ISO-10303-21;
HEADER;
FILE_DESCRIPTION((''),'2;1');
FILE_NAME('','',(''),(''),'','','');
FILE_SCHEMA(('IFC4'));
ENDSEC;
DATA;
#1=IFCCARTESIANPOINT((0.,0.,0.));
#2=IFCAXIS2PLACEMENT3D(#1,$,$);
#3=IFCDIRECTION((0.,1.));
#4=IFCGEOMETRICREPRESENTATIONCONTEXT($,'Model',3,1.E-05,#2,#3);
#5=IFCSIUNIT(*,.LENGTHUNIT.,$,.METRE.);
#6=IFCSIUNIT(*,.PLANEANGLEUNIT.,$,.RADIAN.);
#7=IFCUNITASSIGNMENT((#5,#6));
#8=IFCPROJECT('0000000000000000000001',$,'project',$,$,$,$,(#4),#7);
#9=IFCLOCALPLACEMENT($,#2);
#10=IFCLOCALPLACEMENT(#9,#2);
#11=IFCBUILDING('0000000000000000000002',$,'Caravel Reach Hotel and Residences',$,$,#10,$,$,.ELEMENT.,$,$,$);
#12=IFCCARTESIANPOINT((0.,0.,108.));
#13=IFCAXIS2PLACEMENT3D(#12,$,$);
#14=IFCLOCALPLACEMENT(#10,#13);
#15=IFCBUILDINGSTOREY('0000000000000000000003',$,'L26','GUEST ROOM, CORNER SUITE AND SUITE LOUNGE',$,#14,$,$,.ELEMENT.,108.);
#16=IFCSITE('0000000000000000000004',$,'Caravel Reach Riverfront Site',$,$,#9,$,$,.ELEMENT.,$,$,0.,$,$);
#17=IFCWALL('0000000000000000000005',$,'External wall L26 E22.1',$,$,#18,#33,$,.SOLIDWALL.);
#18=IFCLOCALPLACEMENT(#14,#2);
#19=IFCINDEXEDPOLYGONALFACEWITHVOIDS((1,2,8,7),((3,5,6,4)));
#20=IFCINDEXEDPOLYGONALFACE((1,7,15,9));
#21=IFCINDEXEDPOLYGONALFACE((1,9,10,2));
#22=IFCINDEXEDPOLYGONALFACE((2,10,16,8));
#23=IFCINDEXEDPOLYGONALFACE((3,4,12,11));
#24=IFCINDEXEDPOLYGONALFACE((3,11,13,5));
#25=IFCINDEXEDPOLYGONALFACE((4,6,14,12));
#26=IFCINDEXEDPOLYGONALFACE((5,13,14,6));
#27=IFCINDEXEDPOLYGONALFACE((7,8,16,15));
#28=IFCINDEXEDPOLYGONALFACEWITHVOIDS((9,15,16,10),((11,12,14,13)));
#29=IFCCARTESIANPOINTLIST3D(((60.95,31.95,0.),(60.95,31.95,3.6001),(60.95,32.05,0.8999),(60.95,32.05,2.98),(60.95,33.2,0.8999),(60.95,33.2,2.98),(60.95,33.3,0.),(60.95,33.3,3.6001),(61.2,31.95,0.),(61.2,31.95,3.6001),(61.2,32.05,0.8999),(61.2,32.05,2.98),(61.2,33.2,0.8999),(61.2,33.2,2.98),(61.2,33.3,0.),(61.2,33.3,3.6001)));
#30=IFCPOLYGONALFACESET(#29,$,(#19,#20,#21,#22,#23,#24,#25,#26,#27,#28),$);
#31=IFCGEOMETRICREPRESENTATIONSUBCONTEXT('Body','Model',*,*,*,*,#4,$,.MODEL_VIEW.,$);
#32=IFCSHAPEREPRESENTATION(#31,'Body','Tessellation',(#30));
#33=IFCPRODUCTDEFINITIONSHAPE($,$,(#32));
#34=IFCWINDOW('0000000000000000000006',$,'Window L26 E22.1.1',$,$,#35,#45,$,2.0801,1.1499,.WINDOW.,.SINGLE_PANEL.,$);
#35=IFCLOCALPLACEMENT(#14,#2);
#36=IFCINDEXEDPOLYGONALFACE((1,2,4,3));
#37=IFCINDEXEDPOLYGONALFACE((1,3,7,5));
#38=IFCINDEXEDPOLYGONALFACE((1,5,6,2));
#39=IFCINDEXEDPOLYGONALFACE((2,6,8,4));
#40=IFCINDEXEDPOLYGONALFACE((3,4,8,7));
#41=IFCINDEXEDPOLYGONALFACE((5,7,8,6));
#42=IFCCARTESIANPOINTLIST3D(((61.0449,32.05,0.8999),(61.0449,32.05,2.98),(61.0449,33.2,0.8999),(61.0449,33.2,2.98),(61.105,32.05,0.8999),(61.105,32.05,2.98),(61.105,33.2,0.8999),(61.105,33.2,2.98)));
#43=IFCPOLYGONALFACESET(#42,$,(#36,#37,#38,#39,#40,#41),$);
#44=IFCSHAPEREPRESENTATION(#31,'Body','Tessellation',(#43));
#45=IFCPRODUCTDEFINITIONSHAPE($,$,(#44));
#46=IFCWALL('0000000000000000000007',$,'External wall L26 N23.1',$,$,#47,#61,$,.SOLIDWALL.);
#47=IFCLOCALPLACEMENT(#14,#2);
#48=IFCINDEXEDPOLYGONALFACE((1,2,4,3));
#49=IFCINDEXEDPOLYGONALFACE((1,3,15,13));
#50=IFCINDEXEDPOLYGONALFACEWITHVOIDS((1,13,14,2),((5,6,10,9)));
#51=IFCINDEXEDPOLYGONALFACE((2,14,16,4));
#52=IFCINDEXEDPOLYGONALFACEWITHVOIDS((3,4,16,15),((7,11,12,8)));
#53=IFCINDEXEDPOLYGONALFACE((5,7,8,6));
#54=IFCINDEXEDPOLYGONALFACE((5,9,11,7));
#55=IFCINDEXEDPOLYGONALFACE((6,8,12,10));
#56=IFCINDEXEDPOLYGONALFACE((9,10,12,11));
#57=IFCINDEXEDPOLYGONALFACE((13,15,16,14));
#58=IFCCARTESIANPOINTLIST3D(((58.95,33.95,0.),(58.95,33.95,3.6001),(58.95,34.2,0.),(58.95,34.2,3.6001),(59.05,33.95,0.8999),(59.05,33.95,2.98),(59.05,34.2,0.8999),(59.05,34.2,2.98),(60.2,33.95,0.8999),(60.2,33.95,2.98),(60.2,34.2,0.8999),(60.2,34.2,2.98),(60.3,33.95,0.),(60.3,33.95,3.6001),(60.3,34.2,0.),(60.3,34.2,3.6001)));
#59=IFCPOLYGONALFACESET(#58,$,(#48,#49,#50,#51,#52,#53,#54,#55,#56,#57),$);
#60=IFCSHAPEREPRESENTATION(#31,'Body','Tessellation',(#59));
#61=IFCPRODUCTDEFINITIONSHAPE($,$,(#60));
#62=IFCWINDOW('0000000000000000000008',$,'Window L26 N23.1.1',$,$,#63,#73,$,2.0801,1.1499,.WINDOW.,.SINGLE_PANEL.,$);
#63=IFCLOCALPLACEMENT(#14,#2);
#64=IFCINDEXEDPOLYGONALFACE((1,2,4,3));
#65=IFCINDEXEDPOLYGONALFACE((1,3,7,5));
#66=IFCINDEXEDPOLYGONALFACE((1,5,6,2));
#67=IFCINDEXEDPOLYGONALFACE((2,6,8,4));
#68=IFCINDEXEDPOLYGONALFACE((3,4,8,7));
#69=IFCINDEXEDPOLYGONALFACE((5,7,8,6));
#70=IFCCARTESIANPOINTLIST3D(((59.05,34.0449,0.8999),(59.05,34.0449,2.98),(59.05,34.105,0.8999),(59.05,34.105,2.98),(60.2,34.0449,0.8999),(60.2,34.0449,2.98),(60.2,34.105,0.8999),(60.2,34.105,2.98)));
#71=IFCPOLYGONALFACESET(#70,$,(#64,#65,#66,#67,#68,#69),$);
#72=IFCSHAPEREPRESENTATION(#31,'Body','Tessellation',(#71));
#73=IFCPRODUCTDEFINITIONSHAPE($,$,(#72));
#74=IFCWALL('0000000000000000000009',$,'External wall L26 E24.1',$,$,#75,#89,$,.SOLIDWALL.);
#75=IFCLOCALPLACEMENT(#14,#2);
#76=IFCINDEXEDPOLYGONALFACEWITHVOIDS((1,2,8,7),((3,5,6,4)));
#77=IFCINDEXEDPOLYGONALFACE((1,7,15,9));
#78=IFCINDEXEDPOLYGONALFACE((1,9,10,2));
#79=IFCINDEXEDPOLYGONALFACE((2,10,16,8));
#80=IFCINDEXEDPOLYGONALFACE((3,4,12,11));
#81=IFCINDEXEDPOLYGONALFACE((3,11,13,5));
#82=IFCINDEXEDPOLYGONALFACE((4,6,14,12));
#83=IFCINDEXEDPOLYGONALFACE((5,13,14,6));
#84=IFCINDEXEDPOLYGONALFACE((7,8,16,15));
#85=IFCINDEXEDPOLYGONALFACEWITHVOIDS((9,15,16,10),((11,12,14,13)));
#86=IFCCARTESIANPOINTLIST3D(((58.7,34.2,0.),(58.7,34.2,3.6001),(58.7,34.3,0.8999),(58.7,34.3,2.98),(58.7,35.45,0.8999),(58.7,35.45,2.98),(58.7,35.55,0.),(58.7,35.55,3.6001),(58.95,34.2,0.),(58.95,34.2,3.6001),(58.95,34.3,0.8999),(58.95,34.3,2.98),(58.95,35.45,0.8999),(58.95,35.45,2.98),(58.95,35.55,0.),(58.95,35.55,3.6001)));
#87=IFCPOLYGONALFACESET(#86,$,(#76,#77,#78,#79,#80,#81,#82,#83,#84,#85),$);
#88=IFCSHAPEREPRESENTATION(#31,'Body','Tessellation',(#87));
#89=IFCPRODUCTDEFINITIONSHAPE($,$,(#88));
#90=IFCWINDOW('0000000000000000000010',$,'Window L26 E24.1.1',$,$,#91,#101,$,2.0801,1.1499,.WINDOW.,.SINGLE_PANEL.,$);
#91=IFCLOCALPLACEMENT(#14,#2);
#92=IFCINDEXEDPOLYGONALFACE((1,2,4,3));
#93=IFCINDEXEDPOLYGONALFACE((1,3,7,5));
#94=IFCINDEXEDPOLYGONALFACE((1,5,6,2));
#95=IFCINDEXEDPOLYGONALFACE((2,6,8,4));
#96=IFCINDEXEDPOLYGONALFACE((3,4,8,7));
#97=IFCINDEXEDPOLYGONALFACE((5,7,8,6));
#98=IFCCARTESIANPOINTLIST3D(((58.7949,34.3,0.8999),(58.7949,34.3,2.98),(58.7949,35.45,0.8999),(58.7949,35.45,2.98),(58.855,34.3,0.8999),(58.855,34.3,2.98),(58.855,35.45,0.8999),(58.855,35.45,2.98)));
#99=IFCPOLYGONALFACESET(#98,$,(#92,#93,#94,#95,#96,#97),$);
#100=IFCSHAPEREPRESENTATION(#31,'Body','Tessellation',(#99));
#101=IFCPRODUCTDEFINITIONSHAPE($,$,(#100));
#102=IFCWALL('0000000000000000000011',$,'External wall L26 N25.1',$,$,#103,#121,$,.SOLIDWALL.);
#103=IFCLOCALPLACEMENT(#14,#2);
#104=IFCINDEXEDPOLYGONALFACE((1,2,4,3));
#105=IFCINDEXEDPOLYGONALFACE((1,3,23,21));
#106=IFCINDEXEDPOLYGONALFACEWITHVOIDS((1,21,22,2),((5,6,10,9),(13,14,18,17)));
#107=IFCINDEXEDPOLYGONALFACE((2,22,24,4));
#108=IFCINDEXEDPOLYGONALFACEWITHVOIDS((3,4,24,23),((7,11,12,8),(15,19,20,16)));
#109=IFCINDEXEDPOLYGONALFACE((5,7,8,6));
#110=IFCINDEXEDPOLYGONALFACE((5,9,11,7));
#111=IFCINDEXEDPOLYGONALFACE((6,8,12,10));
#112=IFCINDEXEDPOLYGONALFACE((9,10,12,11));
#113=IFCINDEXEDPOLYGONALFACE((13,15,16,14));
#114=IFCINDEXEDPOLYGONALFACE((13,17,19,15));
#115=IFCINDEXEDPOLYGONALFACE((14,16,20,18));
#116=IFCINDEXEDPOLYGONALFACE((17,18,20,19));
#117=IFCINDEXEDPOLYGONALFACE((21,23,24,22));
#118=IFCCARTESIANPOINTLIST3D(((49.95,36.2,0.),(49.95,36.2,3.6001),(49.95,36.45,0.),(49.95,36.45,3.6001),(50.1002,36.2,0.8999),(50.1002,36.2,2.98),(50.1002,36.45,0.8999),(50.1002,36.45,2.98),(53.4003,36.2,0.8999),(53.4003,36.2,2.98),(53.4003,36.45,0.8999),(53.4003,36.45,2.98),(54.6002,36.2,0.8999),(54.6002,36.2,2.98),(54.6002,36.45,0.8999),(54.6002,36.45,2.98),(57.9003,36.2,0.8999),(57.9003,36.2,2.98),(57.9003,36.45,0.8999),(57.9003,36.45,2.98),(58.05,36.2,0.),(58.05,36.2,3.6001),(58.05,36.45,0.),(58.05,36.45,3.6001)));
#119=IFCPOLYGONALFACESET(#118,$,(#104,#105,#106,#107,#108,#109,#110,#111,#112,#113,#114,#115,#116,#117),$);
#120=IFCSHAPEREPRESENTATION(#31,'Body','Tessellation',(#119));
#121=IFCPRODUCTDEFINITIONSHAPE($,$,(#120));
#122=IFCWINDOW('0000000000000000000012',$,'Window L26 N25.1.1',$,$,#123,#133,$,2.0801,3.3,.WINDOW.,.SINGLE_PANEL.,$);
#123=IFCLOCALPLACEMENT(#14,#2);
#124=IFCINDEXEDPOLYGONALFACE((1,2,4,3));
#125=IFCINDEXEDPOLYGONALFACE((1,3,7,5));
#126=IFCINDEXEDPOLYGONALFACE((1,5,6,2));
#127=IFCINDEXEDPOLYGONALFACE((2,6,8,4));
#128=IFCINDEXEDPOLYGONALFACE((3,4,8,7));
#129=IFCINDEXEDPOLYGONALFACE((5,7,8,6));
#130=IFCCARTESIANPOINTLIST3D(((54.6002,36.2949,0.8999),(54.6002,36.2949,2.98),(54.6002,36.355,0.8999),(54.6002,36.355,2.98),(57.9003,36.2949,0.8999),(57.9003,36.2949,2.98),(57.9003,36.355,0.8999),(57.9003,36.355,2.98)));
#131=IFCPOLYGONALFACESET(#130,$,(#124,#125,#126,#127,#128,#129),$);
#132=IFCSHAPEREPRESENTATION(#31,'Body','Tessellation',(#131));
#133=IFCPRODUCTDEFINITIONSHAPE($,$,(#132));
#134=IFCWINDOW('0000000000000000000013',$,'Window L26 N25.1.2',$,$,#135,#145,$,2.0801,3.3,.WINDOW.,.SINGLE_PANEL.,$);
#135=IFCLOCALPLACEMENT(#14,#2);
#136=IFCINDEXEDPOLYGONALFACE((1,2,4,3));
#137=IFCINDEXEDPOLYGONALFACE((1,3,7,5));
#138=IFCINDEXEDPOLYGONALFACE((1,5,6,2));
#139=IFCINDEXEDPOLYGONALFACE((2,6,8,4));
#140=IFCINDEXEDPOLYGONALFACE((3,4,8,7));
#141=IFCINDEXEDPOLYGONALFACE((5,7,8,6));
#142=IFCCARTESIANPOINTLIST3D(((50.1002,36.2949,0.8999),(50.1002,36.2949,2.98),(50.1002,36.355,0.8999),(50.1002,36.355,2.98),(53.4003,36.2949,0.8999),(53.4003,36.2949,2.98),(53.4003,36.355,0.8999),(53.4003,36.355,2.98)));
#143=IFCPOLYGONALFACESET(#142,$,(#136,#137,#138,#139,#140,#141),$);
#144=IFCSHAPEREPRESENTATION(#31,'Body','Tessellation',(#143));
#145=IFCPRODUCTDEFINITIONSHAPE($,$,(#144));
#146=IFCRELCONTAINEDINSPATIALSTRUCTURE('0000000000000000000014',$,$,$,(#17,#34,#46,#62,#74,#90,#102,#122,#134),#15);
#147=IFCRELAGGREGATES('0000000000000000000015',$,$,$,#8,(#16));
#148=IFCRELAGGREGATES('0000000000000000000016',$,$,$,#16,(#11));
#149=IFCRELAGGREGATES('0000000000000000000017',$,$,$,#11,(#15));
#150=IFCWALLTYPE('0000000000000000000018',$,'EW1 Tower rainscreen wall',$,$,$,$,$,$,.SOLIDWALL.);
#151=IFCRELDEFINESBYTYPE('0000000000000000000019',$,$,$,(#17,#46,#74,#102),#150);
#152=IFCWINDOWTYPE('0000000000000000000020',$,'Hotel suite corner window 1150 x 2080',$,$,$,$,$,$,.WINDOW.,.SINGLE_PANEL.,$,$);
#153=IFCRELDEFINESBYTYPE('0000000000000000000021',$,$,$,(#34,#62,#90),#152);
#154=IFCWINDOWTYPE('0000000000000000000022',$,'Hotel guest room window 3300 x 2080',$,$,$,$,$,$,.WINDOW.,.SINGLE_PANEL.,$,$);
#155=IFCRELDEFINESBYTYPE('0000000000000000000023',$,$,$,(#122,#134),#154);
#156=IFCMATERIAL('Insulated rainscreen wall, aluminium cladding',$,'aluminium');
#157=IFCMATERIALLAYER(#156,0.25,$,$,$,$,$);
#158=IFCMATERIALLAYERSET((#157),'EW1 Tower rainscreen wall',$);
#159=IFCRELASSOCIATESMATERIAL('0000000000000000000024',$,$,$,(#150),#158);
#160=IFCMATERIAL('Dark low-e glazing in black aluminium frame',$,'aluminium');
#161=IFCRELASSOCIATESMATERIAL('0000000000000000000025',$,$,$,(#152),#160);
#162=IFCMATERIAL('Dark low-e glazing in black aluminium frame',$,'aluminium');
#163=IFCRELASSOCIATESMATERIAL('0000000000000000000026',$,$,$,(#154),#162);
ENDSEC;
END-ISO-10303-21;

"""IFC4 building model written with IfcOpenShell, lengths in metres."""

from ifc_helpers import new_model, si_unit, direction, frame, frame_2d, origin, place, context, subcontext, project, spatial, rectangle, extrude, material, layer, layer_set, type_object, element, fill, save


model = new_model("IFC4")

# Units and contexts
model_context = context("Model", 3, precision=1e-05, world=origin(), true_north=direction((0.0, 1.0)))
body_context = subcontext(model_context, "Body", "Model", "MODEL_VIEW")
ifc_project = project(units=[si_unit("LENGTHUNIT", "METRE"), si_unit("PLANEANGLEUNIT", "RADIAN")], contexts=[model_context])

# Site, building, storey
site_placement = place(None, origin())
site = spatial("IfcSite", under=ifc_project, at=site_placement, Name="Caravel Reach Riverfront Site", CompositionType="ELEMENT", RefElevation=0.0)
building_placement = place(site_placement, origin())
building = spatial("IfcBuilding", under=site, at=building_placement, Name="Caravel Reach Hotel and Residences", CompositionType="ELEMENT")
storey_placement = place(building_placement, frame((0.0, 0.0, 108.0)))
storey = spatial("IfcBuildingStorey", under=building, at=storey_placement, Name="L26", Description="GUEST ROOM, CORNER SUITE AND SUITE LOUNGE", CompositionType="ELEMENT", Elevation=108.0)

# Walls, openings, windows
ifc_material_1 = material(Name="Insulated rainscreen wall, aluminium cladding", Category="aluminium")
ifc_layer_1 = layer(ifc_material_1, 0.25)
ifc_layer_set_1 = layer_set([ifc_layer_1], Name="EW1 Tower rainscreen wall")
wall_type_1 = type_object("IfcWallType", Name="EW1 Tower rainscreen wall", PredefinedType="SOLIDWALL", material=ifc_layer_set_1)
ifc_material_2 = material(Name="Dark low-e glazing in black aluminium frame", Category="aluminium")
window_type_1 = type_object("IfcWindowType", Name="Hotel suite corner window 1150 x 2080", PartitioningType="SINGLE_PANEL", PredefinedType="WINDOW", material=ifc_material_2)
wall_1_placement = place(storey_placement, frame((61.075, 31.95, 0.0), z_axis=(0.0, 0.0, 1.0), x_axis=(0.0, 1.0, 0.0)))
wall_1 = element("IfcWall", 1, at=wall_1_placement, inside=storey, type_object=wall_type_1, Name="External wall L26 E22.1", PredefinedType="SOLIDWALL", context=body_context, shape_type="SweptSolid", body=[
    extrude(rectangle(XDim=1.3501, YDim=0.25, at=frame_2d((0.675, 0.0))), origin(), (0.0, 0.0, 1.0), 3.6001),
])
opening_1_placement = place(wall_1_placement, frame((0.1001, 0.0, 0.8999)))
opening_1 = element("IfcOpeningElement", 2, at=opening_1_placement, cuts=wall_1, PredefinedType="OPENING", context=body_context, shape_type="SweptSolid", body=[
    extrude(rectangle(XDim=1.1499, YDim=2.0801, at=frame_2d((0.575, 1.04))), frame((0.0, 0.135, 0.0), z_axis=(0.0, -1.0, 0.0), x_axis=(1.0, 0.0, 0.0)), (0.0, 0.0, 1.0), 0.27),
])
window_1_placement = place(opening_1_placement, origin())
window_1 = element("IfcWindow", 3, at=window_1_placement, inside=storey, type_object=window_type_1, Name="Window L26 E22.1.1", OverallHeight=2.0801, OverallWidth=1.1499, PartitioningType="SINGLE_PANEL", PredefinedType="WINDOW", context=body_context, shape_type="SweptSolid", body=[
    extrude(rectangle(XDim=1.1499, YDim=2.0801, at=frame_2d((0.575, 1.04))), frame((0.0, 0.03, 0.0), z_axis=(0.0, -1.0, 0.0), x_axis=(1.0, 0.0, 0.0)), (0.0, 0.0, 1.0), 0.0601),
])
fill(opening_1, window_1)
wall_2_placement = place(storey_placement, frame((60.3, 34.075, 0.0), z_axis=(0.0, 0.0, 1.0), x_axis=(-1.0, 0.0, 0.0)))
wall_2 = element("IfcWall", 4, at=wall_2_placement, inside=storey, type_object=wall_type_1, Name="External wall L26 N23.1", PredefinedType="SOLIDWALL", context=body_context, shape_type="SweptSolid", body=[
    extrude(rectangle(XDim=1.3501, YDim=0.25, at=frame_2d((0.675, 0.0))), origin(), (0.0, 0.0, 1.0), 3.6001),
])
opening_2_placement = place(wall_2_placement, frame((0.1001, 0.0, 0.8999)))
opening_2 = element("IfcOpeningElement", 5, at=opening_2_placement, cuts=wall_2, PredefinedType="OPENING", context=body_context, shape_type="SweptSolid", body=[
    extrude(rectangle(XDim=1.1499, YDim=2.0801, at=frame_2d((0.575, 1.04))), frame((0.0, 0.135, 0.0), z_axis=(0.0, -1.0, 0.0), x_axis=(1.0, 0.0, 0.0)), (0.0, 0.0, 1.0), 0.27),
])
window_2_placement = place(opening_2_placement, origin())
window_2 = element("IfcWindow", 6, at=window_2_placement, inside=storey, type_object=window_type_1, Name="Window L26 N23.1.1", OverallHeight=2.0801, OverallWidth=1.1499, PartitioningType="SINGLE_PANEL", PredefinedType="WINDOW", context=body_context, shape_type="SweptSolid", body=[
    extrude(rectangle(XDim=1.1499, YDim=2.0801, at=frame_2d((0.575, 1.04))), frame((0.0, 0.03, 0.0), z_axis=(0.0, -1.0, 0.0), x_axis=(1.0, 0.0, 0.0)), (0.0, 0.0, 1.0), 0.0601),
])
fill(opening_2, window_2)
wall_3_placement = place(storey_placement, frame((58.825, 34.2, 0.0), z_axis=(0.0, 0.0, 1.0), x_axis=(0.0, 1.0, 0.0)))
wall_3 = element("IfcWall", 7, at=wall_3_placement, inside=storey, type_object=wall_type_1, Name="External wall L26 E24.1", PredefinedType="SOLIDWALL", context=body_context, shape_type="SweptSolid", body=[
    extrude(rectangle(XDim=1.3501, YDim=0.25, at=frame_2d((0.675, 0.0))), origin(), (0.0, 0.0, 1.0), 3.6001),
])
opening_3_placement = place(wall_3_placement, frame((0.1001, 0.0, 0.8999)))
opening_3 = element("IfcOpeningElement", 8, at=opening_3_placement, cuts=wall_3, PredefinedType="OPENING", context=body_context, shape_type="SweptSolid", body=[
    extrude(rectangle(XDim=1.1499, YDim=2.0801, at=frame_2d((0.575, 1.04))), frame((0.0, 0.135, 0.0), z_axis=(0.0, -1.0, 0.0), x_axis=(1.0, 0.0, 0.0)), (0.0, 0.0, 1.0), 0.27),
])
window_3_placement = place(opening_3_placement, origin())
window_3 = element("IfcWindow", 9, at=window_3_placement, inside=storey, type_object=window_type_1, Name="Window L26 E24.1.1", OverallHeight=2.0801, OverallWidth=1.1499, PartitioningType="SINGLE_PANEL", PredefinedType="WINDOW", context=body_context, shape_type="SweptSolid", body=[
    extrude(rectangle(XDim=1.1499, YDim=2.0801, at=frame_2d((0.575, 1.04))), frame((0.0, 0.03, 0.0), z_axis=(0.0, -1.0, 0.0), x_axis=(1.0, 0.0, 0.0)), (0.0, 0.0, 1.0), 0.0601),
])
fill(opening_3, window_3)

# Wall, openings, windows
wall_4_placement = place(storey_placement, frame((58.05, 36.325, 0.0), z_axis=(0.0, 0.0, 1.0), x_axis=(-1.0, 0.0, 0.0)))
wall_4 = element("IfcWall", 10, at=wall_4_placement, inside=storey, type_object=wall_type_1, Name="External wall L26 N25.1", PredefinedType="SOLIDWALL", context=body_context, shape_type="SweptSolid", body=[
    extrude(rectangle(XDim=8.1001, YDim=0.25, at=frame_2d((4.05, 0.0))), origin(), (0.0, 0.0, 1.0), 3.6001),
])
opening_4_placement = place(wall_4_placement, frame((0.1499, 0.0, 0.8999)))
opening_4 = element("IfcOpeningElement", 11, at=opening_4_placement, cuts=wall_4, PredefinedType="OPENING", context=body_context, shape_type="SweptSolid", body=[
    extrude(rectangle(XDim=3.3, YDim=2.0801, at=frame_2d((1.6499, 1.04))), frame((0.0, 0.135, 0.0), z_axis=(0.0, -1.0, 0.0), x_axis=(1.0, 0.0, 0.0)), (0.0, 0.0, 1.0), 0.27),
])
opening_5_placement = place(wall_4_placement, frame((4.6499, 0.0, 0.8999)))
opening_5 = element("IfcOpeningElement", 12, at=opening_5_placement, cuts=wall_4, PredefinedType="OPENING", context=body_context, shape_type="SweptSolid", body=[
    extrude(rectangle(XDim=3.3, YDim=2.0801, at=frame_2d((1.6499, 1.04))), frame((0.0, 0.135, 0.0), z_axis=(0.0, -1.0, 0.0), x_axis=(1.0, 0.0, 0.0)), (0.0, 0.0, 1.0), 0.27),
])
ifc_material_3 = material(Name="Dark low-e glazing in black aluminium frame", Category="aluminium")
window_type_2 = type_object("IfcWindowType", Name="Hotel guest room window 3300 x 2080", PartitioningType="SINGLE_PANEL", PredefinedType="WINDOW", material=ifc_material_3)
window_4_placement = place(opening_4_placement, origin())
window_4 = element("IfcWindow", 13, at=window_4_placement, inside=storey, type_object=window_type_2, Name="Window L26 N25.1.1", OverallHeight=2.0801, OverallWidth=3.3, PartitioningType="SINGLE_PANEL", PredefinedType="WINDOW", context=body_context, shape_type="SweptSolid", body=[
    extrude(rectangle(XDim=3.3, YDim=2.0801, at=frame_2d((1.6499, 1.04))), frame((0.0, 0.03, 0.0), z_axis=(0.0, -1.0, 0.0), x_axis=(1.0, 0.0, 0.0)), (0.0, 0.0, 1.0), 0.0601),
])
fill(opening_4, window_4)
window_5_placement = place(opening_5_placement, origin())
window_5 = element("IfcWindow", 14, at=window_5_placement, inside=storey, type_object=window_type_2, Name="Window L26 N25.1.2", OverallHeight=2.0801, OverallWidth=3.3, PartitioningType="SINGLE_PANEL", PredefinedType="WINDOW", context=body_context, shape_type="SweptSolid", body=[
    extrude(rectangle(XDim=3.3, YDim=2.0801, at=frame_2d((1.6499, 1.04))), frame((0.0, 0.03, 0.0), z_axis=(0.0, -1.0, 0.0), x_axis=(1.0, 0.0, 0.0)), (0.0, 0.0, 1.0), 0.0601),
])
fill(opening_5, window_5)

save(model, "model.ifc")
